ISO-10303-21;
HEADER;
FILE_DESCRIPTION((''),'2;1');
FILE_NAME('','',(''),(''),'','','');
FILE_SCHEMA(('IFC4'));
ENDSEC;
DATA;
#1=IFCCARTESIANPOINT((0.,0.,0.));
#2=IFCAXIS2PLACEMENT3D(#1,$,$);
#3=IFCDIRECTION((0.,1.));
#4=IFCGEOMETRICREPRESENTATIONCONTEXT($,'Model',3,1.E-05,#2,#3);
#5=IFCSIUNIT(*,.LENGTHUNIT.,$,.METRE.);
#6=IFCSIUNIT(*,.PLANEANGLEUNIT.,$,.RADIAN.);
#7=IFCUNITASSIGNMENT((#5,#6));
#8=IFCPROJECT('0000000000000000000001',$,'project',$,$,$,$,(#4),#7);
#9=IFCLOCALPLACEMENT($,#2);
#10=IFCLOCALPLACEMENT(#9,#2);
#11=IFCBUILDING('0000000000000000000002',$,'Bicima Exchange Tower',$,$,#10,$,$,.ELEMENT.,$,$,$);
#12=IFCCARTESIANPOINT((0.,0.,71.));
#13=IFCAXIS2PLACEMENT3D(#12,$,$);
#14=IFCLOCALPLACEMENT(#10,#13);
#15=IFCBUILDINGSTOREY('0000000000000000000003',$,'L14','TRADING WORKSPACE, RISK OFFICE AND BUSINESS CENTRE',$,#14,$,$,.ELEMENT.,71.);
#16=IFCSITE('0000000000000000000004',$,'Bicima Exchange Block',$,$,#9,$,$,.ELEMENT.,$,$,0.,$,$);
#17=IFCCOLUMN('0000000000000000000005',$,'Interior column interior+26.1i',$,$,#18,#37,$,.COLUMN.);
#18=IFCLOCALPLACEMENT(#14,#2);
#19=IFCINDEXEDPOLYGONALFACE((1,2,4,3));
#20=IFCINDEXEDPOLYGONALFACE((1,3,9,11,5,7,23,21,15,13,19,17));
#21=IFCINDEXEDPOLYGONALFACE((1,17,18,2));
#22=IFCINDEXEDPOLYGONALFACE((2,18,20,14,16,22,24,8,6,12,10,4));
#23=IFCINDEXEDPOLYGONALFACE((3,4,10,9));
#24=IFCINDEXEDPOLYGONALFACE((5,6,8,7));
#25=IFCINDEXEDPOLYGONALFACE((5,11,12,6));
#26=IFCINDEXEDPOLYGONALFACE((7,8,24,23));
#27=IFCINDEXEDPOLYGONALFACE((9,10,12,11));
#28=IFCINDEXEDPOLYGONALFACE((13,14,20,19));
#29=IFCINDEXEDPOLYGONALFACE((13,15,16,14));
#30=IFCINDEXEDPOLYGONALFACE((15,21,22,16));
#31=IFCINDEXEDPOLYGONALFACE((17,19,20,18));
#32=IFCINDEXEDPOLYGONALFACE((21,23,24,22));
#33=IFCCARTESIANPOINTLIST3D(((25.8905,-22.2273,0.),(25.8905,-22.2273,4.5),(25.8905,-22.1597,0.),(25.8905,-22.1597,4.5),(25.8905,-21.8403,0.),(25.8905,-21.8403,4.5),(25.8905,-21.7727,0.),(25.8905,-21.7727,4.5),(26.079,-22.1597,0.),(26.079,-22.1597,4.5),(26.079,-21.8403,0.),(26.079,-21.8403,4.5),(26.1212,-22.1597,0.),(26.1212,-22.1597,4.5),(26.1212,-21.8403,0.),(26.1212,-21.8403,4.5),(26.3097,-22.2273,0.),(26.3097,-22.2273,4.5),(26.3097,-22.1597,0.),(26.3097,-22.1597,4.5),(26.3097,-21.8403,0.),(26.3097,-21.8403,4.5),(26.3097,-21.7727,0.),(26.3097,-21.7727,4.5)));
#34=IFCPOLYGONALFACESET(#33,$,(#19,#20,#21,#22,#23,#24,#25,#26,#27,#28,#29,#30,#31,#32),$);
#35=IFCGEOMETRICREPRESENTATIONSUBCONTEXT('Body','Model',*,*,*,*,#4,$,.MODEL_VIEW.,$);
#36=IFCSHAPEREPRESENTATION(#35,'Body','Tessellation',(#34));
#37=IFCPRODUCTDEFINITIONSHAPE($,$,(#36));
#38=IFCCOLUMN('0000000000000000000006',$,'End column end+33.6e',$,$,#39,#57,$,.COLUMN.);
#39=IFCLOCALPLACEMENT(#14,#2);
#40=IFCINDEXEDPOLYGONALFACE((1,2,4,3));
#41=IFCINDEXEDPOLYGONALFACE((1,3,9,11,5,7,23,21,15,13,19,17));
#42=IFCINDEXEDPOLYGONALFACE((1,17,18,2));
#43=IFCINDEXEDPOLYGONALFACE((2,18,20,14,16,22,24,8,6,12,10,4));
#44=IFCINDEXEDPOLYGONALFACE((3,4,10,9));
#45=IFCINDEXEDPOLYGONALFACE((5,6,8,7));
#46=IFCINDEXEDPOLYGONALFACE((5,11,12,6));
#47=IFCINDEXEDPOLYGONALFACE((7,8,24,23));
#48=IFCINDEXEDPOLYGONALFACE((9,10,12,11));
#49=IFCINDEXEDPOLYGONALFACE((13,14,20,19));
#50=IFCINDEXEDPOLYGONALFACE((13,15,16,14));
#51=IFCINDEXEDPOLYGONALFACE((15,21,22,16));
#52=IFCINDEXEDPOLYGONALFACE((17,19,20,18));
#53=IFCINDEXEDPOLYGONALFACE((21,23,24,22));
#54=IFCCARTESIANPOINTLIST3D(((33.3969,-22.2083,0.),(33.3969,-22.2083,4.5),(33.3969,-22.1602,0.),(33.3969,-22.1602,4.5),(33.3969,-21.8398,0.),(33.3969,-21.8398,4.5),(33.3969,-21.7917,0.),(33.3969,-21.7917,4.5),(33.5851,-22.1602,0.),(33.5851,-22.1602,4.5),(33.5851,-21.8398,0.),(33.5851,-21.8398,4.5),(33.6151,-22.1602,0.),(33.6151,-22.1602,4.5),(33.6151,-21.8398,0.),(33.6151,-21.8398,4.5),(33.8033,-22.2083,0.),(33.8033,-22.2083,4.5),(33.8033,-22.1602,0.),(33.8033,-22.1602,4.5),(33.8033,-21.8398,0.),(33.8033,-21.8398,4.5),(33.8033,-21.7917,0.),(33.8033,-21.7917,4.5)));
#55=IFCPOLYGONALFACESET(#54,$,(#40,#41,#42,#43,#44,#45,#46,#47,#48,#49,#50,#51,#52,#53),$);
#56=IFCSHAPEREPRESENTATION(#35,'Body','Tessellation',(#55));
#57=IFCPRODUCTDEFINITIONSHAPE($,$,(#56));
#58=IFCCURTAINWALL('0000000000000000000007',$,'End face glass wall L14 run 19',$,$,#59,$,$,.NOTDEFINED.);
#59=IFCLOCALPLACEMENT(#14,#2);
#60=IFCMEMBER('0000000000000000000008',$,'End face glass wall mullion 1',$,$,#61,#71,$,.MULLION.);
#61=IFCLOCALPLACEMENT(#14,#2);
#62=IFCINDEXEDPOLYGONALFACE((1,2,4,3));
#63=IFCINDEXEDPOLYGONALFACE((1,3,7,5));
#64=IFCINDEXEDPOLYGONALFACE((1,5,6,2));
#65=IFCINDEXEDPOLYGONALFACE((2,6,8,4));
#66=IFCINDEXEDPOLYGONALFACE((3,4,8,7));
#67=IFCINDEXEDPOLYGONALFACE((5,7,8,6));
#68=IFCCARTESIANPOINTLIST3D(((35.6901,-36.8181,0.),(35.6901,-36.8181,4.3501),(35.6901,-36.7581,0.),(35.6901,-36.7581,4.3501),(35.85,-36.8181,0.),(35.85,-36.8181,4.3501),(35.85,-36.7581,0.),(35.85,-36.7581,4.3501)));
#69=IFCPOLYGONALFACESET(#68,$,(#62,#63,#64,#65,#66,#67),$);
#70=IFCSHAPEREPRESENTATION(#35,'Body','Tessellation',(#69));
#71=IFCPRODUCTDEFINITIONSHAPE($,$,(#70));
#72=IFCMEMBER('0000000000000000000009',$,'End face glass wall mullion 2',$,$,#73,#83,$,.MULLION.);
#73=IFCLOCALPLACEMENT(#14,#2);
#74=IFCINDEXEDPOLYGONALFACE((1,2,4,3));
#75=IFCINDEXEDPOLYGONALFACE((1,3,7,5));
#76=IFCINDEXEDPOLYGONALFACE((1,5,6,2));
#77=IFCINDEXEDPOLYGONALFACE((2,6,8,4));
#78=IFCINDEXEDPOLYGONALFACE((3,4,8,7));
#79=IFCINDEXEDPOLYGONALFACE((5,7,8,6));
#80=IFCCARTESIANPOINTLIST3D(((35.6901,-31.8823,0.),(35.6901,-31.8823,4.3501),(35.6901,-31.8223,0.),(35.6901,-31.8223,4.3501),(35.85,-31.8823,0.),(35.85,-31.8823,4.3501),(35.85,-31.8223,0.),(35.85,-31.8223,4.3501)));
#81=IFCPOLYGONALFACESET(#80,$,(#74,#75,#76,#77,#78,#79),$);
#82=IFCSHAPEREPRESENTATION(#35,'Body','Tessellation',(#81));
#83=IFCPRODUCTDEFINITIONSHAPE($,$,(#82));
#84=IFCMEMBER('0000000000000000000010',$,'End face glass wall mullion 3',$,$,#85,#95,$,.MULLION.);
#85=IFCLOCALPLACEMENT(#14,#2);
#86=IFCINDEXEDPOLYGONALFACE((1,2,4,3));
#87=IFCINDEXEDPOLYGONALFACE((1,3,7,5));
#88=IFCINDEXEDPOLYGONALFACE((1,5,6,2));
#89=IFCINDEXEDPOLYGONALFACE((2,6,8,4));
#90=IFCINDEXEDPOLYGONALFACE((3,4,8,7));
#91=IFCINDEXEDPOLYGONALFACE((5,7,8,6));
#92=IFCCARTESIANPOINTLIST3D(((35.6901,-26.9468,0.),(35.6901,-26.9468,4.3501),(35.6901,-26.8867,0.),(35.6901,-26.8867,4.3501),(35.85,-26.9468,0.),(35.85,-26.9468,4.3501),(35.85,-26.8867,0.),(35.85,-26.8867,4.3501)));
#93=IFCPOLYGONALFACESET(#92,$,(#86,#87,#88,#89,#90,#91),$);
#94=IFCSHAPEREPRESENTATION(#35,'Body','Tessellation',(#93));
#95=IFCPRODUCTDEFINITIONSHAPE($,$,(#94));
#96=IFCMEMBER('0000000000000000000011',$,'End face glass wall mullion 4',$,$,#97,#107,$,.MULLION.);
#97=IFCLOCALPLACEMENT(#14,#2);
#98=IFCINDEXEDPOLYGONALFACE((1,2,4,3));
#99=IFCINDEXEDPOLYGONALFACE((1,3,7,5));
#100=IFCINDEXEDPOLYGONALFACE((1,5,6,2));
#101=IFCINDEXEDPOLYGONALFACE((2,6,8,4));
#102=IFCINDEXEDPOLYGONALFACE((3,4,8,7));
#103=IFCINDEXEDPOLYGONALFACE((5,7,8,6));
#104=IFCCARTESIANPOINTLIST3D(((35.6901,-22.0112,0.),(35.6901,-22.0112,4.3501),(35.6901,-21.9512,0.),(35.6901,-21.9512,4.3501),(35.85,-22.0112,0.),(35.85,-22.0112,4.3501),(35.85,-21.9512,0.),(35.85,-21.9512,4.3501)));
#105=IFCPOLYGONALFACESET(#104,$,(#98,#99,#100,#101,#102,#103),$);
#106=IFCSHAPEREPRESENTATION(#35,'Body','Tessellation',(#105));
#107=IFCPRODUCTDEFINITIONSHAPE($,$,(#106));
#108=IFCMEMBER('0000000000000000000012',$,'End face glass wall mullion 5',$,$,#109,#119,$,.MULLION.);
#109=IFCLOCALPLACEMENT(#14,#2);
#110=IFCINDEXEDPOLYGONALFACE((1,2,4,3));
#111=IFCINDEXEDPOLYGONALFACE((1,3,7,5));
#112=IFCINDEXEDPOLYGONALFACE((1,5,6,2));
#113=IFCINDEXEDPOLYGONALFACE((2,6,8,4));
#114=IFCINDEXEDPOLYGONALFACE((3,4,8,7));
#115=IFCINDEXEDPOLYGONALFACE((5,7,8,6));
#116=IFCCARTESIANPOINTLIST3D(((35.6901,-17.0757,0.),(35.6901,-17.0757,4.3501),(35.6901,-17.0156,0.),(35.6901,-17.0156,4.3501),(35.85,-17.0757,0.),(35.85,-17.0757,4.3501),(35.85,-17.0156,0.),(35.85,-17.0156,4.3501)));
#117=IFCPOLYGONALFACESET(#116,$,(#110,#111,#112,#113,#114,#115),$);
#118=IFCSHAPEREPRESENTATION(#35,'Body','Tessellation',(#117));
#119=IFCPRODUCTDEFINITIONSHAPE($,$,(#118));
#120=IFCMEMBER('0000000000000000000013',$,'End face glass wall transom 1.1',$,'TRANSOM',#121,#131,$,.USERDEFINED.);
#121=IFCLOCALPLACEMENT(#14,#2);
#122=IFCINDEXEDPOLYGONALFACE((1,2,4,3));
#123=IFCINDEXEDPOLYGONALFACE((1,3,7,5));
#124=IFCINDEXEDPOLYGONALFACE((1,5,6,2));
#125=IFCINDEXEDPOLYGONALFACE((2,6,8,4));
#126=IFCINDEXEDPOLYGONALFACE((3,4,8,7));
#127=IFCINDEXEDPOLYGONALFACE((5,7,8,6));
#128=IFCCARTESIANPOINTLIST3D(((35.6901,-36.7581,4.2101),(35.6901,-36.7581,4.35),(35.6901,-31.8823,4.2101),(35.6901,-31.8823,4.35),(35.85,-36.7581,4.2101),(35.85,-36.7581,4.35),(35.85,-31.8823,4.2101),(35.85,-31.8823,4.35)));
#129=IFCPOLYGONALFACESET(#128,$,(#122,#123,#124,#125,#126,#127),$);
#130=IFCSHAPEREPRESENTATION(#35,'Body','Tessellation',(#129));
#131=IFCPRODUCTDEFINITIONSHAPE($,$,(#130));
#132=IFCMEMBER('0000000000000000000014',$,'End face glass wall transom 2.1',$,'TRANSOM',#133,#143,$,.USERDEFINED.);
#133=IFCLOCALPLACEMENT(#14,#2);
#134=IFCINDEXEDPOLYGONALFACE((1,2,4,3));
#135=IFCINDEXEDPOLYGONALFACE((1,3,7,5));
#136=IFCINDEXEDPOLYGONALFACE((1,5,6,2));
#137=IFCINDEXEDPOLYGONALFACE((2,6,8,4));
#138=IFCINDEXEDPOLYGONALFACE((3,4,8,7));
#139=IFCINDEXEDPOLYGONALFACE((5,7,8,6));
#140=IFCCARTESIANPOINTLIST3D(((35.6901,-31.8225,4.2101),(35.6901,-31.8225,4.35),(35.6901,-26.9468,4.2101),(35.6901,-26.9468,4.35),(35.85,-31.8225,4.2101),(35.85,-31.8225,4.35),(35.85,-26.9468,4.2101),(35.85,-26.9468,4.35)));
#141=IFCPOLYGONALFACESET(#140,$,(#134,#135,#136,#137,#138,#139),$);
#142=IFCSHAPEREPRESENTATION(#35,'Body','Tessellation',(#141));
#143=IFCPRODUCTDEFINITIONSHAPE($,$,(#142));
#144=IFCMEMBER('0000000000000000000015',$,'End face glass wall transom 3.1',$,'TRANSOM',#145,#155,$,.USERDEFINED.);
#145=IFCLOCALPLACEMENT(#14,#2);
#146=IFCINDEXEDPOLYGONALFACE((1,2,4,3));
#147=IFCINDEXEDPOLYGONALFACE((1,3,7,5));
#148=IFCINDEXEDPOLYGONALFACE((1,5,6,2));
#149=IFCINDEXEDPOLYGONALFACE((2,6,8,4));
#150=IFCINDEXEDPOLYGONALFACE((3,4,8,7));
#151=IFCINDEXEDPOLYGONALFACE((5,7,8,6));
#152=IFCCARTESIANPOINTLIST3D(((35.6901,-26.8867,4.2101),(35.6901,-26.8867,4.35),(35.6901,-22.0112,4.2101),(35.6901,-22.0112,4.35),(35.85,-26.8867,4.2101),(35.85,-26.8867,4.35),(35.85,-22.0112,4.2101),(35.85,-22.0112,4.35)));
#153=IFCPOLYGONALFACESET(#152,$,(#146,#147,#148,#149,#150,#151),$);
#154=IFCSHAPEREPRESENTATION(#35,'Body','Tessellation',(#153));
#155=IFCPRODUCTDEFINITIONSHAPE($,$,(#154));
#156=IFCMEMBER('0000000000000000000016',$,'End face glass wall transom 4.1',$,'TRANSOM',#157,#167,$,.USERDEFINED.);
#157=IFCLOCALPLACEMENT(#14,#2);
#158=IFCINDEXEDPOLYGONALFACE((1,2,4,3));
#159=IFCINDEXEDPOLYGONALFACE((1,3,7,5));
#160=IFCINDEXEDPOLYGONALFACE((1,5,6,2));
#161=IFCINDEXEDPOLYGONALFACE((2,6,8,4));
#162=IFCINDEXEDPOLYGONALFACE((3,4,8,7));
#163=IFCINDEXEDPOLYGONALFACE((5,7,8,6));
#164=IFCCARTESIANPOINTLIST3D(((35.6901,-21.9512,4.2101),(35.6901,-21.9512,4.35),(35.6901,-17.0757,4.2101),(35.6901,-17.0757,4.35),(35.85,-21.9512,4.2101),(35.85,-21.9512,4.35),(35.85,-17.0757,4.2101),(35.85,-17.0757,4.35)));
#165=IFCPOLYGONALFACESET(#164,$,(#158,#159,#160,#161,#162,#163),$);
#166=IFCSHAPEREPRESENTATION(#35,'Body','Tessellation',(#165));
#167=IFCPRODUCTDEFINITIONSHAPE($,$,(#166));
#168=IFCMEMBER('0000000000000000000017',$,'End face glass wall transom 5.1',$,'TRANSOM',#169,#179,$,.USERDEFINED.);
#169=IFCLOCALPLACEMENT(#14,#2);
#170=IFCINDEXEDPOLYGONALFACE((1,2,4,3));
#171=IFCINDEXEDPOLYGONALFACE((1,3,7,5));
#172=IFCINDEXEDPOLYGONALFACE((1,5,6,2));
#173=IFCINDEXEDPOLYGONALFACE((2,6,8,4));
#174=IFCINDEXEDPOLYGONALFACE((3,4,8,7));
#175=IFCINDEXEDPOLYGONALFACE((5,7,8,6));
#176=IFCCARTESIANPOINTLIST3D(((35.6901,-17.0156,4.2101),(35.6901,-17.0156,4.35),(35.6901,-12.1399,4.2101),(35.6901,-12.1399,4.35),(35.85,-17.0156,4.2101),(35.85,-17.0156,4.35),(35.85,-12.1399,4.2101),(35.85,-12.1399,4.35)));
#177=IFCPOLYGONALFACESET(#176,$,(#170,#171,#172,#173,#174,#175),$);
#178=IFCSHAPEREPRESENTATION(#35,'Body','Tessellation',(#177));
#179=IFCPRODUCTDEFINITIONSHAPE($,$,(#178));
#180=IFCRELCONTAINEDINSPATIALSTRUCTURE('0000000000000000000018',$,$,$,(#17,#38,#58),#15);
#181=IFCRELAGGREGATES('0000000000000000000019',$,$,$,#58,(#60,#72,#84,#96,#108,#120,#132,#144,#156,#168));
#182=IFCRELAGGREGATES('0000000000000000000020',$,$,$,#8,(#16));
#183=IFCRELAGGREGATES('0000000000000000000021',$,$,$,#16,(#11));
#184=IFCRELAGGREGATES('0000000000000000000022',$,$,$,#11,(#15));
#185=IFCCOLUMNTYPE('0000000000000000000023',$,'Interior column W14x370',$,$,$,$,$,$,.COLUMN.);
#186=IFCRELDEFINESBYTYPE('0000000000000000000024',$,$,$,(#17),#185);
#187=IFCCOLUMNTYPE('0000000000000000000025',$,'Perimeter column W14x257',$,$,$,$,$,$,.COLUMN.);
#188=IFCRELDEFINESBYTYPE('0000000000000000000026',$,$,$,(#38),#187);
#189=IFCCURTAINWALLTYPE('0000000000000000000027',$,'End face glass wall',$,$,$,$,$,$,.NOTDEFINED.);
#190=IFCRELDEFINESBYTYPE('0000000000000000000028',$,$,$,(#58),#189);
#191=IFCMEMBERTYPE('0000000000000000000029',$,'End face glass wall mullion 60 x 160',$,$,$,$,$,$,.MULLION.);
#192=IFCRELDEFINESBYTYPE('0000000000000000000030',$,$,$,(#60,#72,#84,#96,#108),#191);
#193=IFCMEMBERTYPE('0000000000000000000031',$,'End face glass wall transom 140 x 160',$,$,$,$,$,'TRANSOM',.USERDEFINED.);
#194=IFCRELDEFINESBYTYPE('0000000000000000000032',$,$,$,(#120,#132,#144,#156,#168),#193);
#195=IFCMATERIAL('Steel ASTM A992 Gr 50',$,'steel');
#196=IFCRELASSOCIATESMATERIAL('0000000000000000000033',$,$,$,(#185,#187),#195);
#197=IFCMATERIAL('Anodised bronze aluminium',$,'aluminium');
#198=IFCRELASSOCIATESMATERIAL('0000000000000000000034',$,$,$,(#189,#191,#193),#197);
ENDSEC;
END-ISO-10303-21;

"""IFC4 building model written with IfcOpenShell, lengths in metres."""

from ifc_helpers import new_model, si_unit, direction, frame, origin, origin_2d, place, context, subcontext, project, spatial, rectangle, i_section, extrude, material, material_profile, profile_set, type_object, element, aggregate, save


model = new_model("IFC4")

# Units and contexts
model_context = context("Model", 3, precision=1e-05, world=origin(), true_north=direction((0.0, 1.0)))
body_context = subcontext(model_context, "Body", "Model", "MODEL_VIEW")
ifc_project = project(units=[si_unit("LENGTHUNIT", "METRE"), si_unit("PLANEANGLEUNIT", "RADIAN")], contexts=[model_context])

# Site, building, storey
site_placement = place(None, origin())
site = spatial("IfcSite", under=ifc_project, at=site_placement, Name="Bicima Exchange Block", CompositionType="ELEMENT", RefElevation=0.0)
building_placement = place(site_placement, origin())
building = spatial("IfcBuilding", under=site, at=building_placement, Name="Bicima Exchange Tower", CompositionType="ELEMENT")
storey_placement = place(building_placement, frame((0.0, 0.0, 71.0)))
storey = spatial("IfcBuildingStorey", under=building, at=storey_placement, Name="L14", Description="TRADING WORKSPACE, RISK OFFICE AND BUSINESS CENTRE", CompositionType="ELEMENT", Elevation=71.0)

# Columns
ifc_material_1 = material(Name="Steel ASTM A992 Gr 50", Category="steel")
ifc_material_profile_1 = material_profile(ifc_material_1, i_section(OverallWidth=0.4192, OverallDepth=0.4546, WebThickness=0.0422, FlangeThickness=0.0676, at=origin_2d()))
ifc_profile_set_1 = profile_set([ifc_material_profile_1], Name="Steel ASTM A992 Gr 50")
column_type_1 = type_object("IfcColumnType", Name="Interior column W14x370", PredefinedType="COLUMN", material=ifc_profile_set_1)
column_1_placement = place(storey_placement, frame((26.1001, -22.0, 0.0), z_axis=(0.0, 0.0, 1.0), x_axis=(1.0, 0.0, 0.0)))
element("IfcColumn", 1, at=column_1_placement, inside=storey, type_object=column_type_1, Name="Interior column interior+26.1i", PredefinedType="COLUMN", context=body_context, shape_type="SweptSolid", body=[
    extrude(i_section(OverallWidth=0.4192, OverallDepth=0.4546, WebThickness=0.0422, FlangeThickness=0.0676, at=origin_2d()), origin(), (0.0, 0.0, 1.0), 4.5),
])
ifc_material_profile_2 = material_profile(ifc_material_1, i_section(OverallWidth=0.4065, OverallDepth=0.4165, WebThickness=0.03, FlangeThickness=0.0481, at=origin_2d()))
ifc_profile_set_2 = profile_set([ifc_material_profile_2], Name="Steel ASTM A992 Gr 50")
column_type_2 = type_object("IfcColumnType", Name="Perimeter column W14x257", PredefinedType="COLUMN", material=ifc_profile_set_2)
column_2_placement = place(storey_placement, frame((33.6001, -22.0, 0.0), z_axis=(0.0, 0.0, 1.0), x_axis=(1.0, 0.0, 0.0)))
element("IfcColumn", 2, at=column_2_placement, inside=storey, type_object=column_type_2, Name="End column end+33.6e", PredefinedType="COLUMN", context=body_context, shape_type="SweptSolid", body=[
    extrude(i_section(OverallWidth=0.4065, OverallDepth=0.4165, WebThickness=0.03, FlangeThickness=0.0481, at=origin_2d()), origin(), (0.0, 0.0, 1.0), 4.5),
])

# Curtain wall, members
ifc_material_2 = material(Name="Anodised bronze aluminium", Category="aluminium")
curtain_wall_type = type_object("IfcCurtainWallType", Name="End face glass wall", PredefinedType="NOTDEFINED", material=ifc_material_2)
curtain_wall_placement = place(storey_placement, origin())
curtain_wall = element("IfcCurtainWall", 3, at=curtain_wall_placement, inside=storey, type_object=curtain_wall_type, Name="End face glass wall L14 run 19", PredefinedType="NOTDEFINED")
ifc_material_profile_3 = material_profile(ifc_material_2, rectangle(XDim=0.1599, YDim=0.0601, at=origin_2d()))
ifc_profile_set_3 = profile_set([ifc_material_profile_3], Name="Anodised bronze aluminium")
member_type_1 = type_object("IfcMemberType", Name="End face glass wall mullion 60 x 160", PredefinedType="MULLION", material=ifc_profile_set_3)
member_1_placement = place(storey_placement, frame((35.77, -36.7881, 0.0), z_axis=(0.0, 0.0, 1.0), x_axis=(-1.0, 0.0, 0.0)))
member_1 = element("IfcMember", 4, at=member_1_placement, type_object=member_type_1, Name="End face glass wall mullion 1", PredefinedType="MULLION", context=body_context, shape_type="SweptSolid", body=[
    extrude(rectangle(XDim=0.1599, YDim=0.0601, at=origin_2d()), origin(), (0.0, 0.0, 1.0), 4.3501),
])
member_2_placement = place(storey_placement, frame((35.77, -31.8523, 0.0), z_axis=(0.0, 0.0, 1.0), x_axis=(-1.0, 0.0, 0.0)))
member_2 = element("IfcMember", 5, at=member_2_placement, type_object=member_type_1, Name="End face glass wall mullion 2", PredefinedType="MULLION", context=body_context, shape_type="SweptSolid", body=[
    extrude(rectangle(XDim=0.1599, YDim=0.0601, at=origin_2d()), origin(), (0.0, 0.0, 1.0), 4.3501),
])
member_3_placement = place(storey_placement, frame((35.77, -26.9167, 0.0), z_axis=(0.0, 0.0, 1.0), x_axis=(-1.0, 0.0, 0.0)))
member_3 = element("IfcMember", 6, at=member_3_placement, type_object=member_type_1, Name="End face glass wall mullion 3", PredefinedType="MULLION", context=body_context, shape_type="SweptSolid", body=[
    extrude(rectangle(XDim=0.1599, YDim=0.0601, at=origin_2d()), origin(), (0.0, 0.0, 1.0), 4.3501),
])
member_4_placement = place(storey_placement, frame((35.77, -21.9812, 0.0), z_axis=(0.0, 0.0, 1.0), x_axis=(-1.0, 0.0, 0.0)))
member_4 = element("IfcMember", 7, at=member_4_placement, type_object=member_type_1, Name="End face glass wall mullion 4", PredefinedType="MULLION", context=body_context, shape_type="SweptSolid", body=[
    extrude(rectangle(XDim=0.1599, YDim=0.0601, at=origin_2d()), origin(), (0.0, 0.0, 1.0), 4.3501),
])
member_5_placement = place(storey_placement, frame((35.77, -17.0457, 0.0), z_axis=(0.0, 0.0, 1.0), x_axis=(-1.0, 0.0, 0.0)))
member_5 = element("IfcMember", 8, at=member_5_placement, type_object=member_type_1, Name="End face glass wall mullion 5", PredefinedType="MULLION", context=body_context, shape_type="SweptSolid", body=[
    extrude(rectangle(XDim=0.1599, YDim=0.0601, at=origin_2d()), origin(), (0.0, 0.0, 1.0), 4.3501),
])
ifc_material_profile_4 = material_profile(ifc_material_2, rectangle(XDim=0.1599, YDim=0.1399, at=origin_2d()))
ifc_profile_set_4 = profile_set([ifc_material_profile_4], Name="Anodised bronze aluminium")
member_type_2 = type_object("IfcMemberType", Name="End face glass wall transom 140 x 160", ElementType="TRANSOM", PredefinedType="USERDEFINED", material=ifc_profile_set_4)
member_6_placement = place(storey_placement, frame((35.77, -36.7581, 4.28), z_axis=(0.0, 1.0, 0.0), x_axis=(-1.0, 0.0, 0.0)))
member_6 = element("IfcMember", 9, at=member_6_placement, type_object=member_type_2, Name="End face glass wall transom 1.1", ObjectType="TRANSOM", PredefinedType="USERDEFINED", context=body_context, shape_type="SweptSolid", body=[
    extrude(rectangle(XDim=0.1599, YDim=0.1399, at=origin_2d()), origin(), (0.0, 0.0, 1.0), 4.8757),
])
member_7_placement = place(storey_placement, frame((35.77, -31.8225, 4.28), z_axis=(0.0, 1.0, 0.0), x_axis=(-1.0, 0.0, 0.0)))
member_7 = element("IfcMember", 10, at=member_7_placement, type_object=member_type_2, Name="End face glass wall transom 2.1", ObjectType="TRANSOM", PredefinedType="USERDEFINED", context=body_context, shape_type="SweptSolid", body=[
    extrude(rectangle(XDim=0.1599, YDim=0.1399, at=origin_2d()), origin(), (0.0, 0.0, 1.0), 4.8757),
])
member_8_placement = place(storey_placement, frame((35.77, -26.8867, 4.28), z_axis=(0.0, 1.0, 0.0), x_axis=(-1.0, 0.0, 0.0)))
member_8 = element("IfcMember", 11, at=member_8_placement, type_object=member_type_2, Name="End face glass wall transom 3.1", ObjectType="TRANSOM", PredefinedType="USERDEFINED", context=body_context, shape_type="SweptSolid", body=[
    extrude(rectangle(XDim=0.1599, YDim=0.1399, at=origin_2d()), origin(), (0.0, 0.0, 1.0), 4.8755),
])
member_9_placement = place(storey_placement, frame((35.77, -21.9512, 4.28), z_axis=(0.0, 1.0, 0.0), x_axis=(-1.0, 0.0, 0.0)))
member_9 = element("IfcMember", 12, at=member_9_placement, type_object=member_type_2, Name="End face glass wall transom 4.1", ObjectType="TRANSOM", PredefinedType="USERDEFINED", context=body_context, shape_type="SweptSolid", body=[
    extrude(rectangle(XDim=0.1599, YDim=0.1399, at=origin_2d()), origin(), (0.0, 0.0, 1.0), 4.8755),
])
member_10_placement = place(storey_placement, frame((35.77, -17.0156, 4.28), z_axis=(0.0, 1.0, 0.0), x_axis=(-1.0, 0.0, 0.0)))
member_10 = element("IfcMember", 13, at=member_10_placement, type_object=member_type_2, Name="End face glass wall transom 5.1", ObjectType="TRANSOM", PredefinedType="USERDEFINED", context=body_context, shape_type="SweptSolid", body=[
    extrude(rectangle(XDim=0.1599, YDim=0.1399, at=origin_2d()), origin(), (0.0, 0.0, 1.0), 4.8757),
])

aggregate(curtain_wall, [member_1, member_2, member_3, member_4, member_5, member_6, member_7, member_8, member_9, member_10])

save(model, "model.ifc")
